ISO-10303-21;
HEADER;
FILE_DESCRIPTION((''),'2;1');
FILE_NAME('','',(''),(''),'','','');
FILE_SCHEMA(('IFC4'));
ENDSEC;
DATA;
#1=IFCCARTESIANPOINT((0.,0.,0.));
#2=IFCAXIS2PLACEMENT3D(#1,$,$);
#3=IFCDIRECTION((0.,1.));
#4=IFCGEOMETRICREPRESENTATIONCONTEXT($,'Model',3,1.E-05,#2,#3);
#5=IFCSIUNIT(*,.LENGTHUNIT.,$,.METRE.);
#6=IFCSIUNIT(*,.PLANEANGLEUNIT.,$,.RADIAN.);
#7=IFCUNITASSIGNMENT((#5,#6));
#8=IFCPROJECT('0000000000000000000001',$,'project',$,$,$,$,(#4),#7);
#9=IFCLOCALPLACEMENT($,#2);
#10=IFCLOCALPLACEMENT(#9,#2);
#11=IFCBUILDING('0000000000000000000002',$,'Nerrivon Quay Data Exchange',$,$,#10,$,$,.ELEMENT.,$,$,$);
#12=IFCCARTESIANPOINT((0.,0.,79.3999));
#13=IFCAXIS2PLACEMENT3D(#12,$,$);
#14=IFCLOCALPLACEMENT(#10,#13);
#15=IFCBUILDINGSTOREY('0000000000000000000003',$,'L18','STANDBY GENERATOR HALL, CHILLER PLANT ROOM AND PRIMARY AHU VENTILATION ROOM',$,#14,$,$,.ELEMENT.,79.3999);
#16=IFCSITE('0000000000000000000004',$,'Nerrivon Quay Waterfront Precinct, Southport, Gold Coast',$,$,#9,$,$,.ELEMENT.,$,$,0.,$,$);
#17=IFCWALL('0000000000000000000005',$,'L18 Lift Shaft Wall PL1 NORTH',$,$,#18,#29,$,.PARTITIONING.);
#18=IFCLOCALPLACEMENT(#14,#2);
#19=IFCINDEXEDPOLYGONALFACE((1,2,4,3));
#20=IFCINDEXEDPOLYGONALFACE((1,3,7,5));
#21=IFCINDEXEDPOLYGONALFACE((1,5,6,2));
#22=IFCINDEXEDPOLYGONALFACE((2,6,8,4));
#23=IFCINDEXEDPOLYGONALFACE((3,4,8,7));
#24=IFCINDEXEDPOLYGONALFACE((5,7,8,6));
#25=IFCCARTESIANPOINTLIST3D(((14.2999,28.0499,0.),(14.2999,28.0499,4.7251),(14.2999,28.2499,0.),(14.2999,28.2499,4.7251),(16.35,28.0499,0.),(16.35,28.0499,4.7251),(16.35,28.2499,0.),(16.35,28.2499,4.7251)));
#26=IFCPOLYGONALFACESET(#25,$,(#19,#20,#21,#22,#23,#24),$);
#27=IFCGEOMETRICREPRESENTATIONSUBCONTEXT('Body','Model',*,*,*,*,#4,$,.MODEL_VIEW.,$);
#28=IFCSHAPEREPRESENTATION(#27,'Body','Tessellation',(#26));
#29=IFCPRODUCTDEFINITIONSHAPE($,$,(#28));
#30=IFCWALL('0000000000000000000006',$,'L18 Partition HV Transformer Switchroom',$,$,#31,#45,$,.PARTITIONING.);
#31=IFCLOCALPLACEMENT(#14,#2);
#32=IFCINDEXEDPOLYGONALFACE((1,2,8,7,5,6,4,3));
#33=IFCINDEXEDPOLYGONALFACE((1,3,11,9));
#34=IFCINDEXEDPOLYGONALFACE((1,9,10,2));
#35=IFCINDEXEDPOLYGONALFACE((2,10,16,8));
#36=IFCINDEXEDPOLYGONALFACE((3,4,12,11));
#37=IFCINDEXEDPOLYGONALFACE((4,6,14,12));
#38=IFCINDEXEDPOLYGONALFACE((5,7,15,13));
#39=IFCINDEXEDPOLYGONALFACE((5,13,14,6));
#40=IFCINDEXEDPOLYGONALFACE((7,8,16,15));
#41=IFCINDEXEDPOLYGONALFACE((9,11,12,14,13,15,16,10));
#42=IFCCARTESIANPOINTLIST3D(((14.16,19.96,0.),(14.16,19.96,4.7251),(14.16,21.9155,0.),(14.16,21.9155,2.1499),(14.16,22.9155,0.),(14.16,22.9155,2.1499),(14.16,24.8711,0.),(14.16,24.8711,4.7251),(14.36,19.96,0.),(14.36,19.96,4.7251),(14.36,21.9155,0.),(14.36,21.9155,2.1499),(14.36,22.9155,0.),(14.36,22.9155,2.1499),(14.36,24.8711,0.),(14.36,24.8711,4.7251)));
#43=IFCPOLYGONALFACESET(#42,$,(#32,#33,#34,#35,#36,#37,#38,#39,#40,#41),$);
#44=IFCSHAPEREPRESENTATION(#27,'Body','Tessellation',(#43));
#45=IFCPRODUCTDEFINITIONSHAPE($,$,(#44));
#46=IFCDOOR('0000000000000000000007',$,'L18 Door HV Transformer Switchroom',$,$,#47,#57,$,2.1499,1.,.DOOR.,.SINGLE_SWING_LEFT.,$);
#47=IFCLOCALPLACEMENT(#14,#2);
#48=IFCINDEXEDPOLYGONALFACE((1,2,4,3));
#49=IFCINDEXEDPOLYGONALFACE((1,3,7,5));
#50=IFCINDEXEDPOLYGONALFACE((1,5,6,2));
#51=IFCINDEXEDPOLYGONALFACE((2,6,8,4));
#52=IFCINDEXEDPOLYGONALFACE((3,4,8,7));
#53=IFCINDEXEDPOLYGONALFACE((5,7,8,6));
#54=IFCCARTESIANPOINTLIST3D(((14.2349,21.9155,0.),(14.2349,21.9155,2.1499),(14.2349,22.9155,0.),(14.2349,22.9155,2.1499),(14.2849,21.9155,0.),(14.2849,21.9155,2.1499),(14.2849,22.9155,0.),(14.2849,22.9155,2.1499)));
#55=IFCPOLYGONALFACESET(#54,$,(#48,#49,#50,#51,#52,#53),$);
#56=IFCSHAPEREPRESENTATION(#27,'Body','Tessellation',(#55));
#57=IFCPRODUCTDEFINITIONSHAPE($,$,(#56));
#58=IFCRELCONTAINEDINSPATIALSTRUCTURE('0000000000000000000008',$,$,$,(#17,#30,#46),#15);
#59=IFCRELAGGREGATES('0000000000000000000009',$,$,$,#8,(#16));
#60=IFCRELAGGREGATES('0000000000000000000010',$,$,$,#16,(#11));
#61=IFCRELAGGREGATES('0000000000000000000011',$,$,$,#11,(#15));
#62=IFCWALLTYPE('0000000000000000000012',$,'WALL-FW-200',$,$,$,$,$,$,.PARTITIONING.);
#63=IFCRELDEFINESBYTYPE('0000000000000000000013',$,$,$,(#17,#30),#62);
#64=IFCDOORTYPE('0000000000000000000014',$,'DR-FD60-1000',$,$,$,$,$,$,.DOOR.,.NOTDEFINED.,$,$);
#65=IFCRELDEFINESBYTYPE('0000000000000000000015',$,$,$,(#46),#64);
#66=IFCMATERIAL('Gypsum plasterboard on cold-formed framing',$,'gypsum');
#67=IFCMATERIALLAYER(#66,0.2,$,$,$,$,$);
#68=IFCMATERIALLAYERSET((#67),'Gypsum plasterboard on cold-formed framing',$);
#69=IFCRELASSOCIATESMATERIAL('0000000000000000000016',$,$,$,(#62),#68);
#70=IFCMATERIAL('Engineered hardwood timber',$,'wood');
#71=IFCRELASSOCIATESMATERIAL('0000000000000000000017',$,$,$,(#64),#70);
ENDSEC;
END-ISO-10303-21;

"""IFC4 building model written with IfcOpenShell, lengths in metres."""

from ifc_helpers import new_model, si_unit, direction, frame, frame_2d, origin, place, context, subcontext, project, spatial, rectangle, extrude, material, layer, layer_set, type_object, element, fill, save


model = new_model("IFC4")

# Units and contexts
model_context = context("Model", 3, precision=1e-05, world=origin(), true_north=direction((0.0, 1.0)))
body_context = subcontext(model_context, "Body", "Model", "MODEL_VIEW")
ifc_project = project(units=[si_unit("LENGTHUNIT", "METRE"), si_unit("PLANEANGLEUNIT", "RADIAN")], contexts=[model_context])

# Site, building, storey
site_placement = place(None, origin())
site = spatial("IfcSite", under=ifc_project, at=site_placement, Name="Nerrivon Quay Waterfront Precinct, Southport, Gold Coast", CompositionType="ELEMENT", RefElevation=0.0)
building_placement = place(site_placement, origin())
building = spatial("IfcBuilding", under=site, at=building_placement, Name="Nerrivon Quay Data Exchange", CompositionType="ELEMENT")
storey_placement = place(building_placement, frame((0.0, 0.0, 79.3999)))
storey = spatial("IfcBuildingStorey", under=building, at=storey_placement, Name="L18", Description="STANDBY GENERATOR HALL, CHILLER PLANT ROOM AND PRIMARY AHU VENTILATION ROOM", CompositionType="ELEMENT", Elevation=79.3999)

# Shared definitions
ifc_material_1 = material(Name="Gypsum plasterboard on cold-formed framing", Category="gypsum")
ifc_layer_1 = layer(ifc_material_1, 0.2)
ifc_layer_set_1 = layer_set([ifc_layer_1], Name="Gypsum plasterboard on cold-formed framing")
wall_type_1 = type_object("IfcWallType", Name="WALL-FW-200", PredefinedType="PARTITIONING", material=ifc_layer_set_1)

# Wall
wall_1_placement = place(storey_placement, frame((14.3, 28.1499, 0.0), z_axis=(0.0, 0.0, 1.0), x_axis=(1.0, 0.0, 0.0)))
element("IfcWall", 1, at=wall_1_placement, inside=storey, type_object=wall_type_1, Name="L18 Lift Shaft Wall PL1 NORTH", PredefinedType="PARTITIONING", context=body_context, shape_type="SweptSolid", body=[
    extrude(rectangle(XDim=2.05, YDim=0.2, at=frame_2d((1.0249, 0.0))), origin(), (0.0, 0.0, 1.0), 4.7251),
])

# Wall, opening, door
wall_2_placement = place(storey_placement, frame((14.26, 24.8711, 0.0), z_axis=(0.0, 0.0, 1.0), x_axis=(0.0, -1.0, 0.0)))
wall_2 = element("IfcWall", 2, at=wall_2_placement, inside=storey, type_object=wall_type_1, Name="L18 Partition HV Transformer Switchroom", PredefinedType="PARTITIONING", context=body_context, shape_type="SweptSolid", body=[
    extrude(rectangle(XDim=4.9111, YDim=0.2, at=frame_2d((2.4556, 0.0))), origin(), (0.0, 0.0, 1.0), 4.7251),
])
opening_1_placement = place(wall_2_placement, frame((1.9556, 0.0, 0.0)))
opening_1 = element("IfcOpeningElement", 3, at=opening_1_placement, cuts=wall_2, PredefinedType="OPENING", context=body_context, shape_type="SweptSolid", body=[
    extrude(rectangle(XDim=1.0, YDim=2.1499, at=frame_2d((0.5, 1.075))), frame((0.0, 0.1099, 0.0), z_axis=(0.0, -1.0, 0.0), x_axis=(1.0, 0.0, 0.0)), (0.0, 0.0, 1.0), 0.22),
])
ifc_material_2 = material(Name="Engineered hardwood timber", Category="wood")
door_type_1 = type_object("IfcDoorType", Name="DR-FD60-1000", OperationType="NOTDEFINED", PredefinedType="DOOR", material=ifc_material_2)
door_1_placement = place(opening_1_placement, origin())
door_1 = element("IfcDoor", 4, at=door_1_placement, inside=storey, type_object=door_type_1, Name="L18 Door HV Transformer Switchroom", OperationType="SINGLE_SWING_LEFT", OverallHeight=2.1499, OverallWidth=1.0, PredefinedType="DOOR", context=body_context, shape_type="SweptSolid", body=[
    extrude(rectangle(XDim=1.0, YDim=2.1499, at=frame_2d((0.5, 1.075))), frame((0.0, 0.0249, 0.0), z_axis=(0.0, -1.0, 0.0), x_axis=(1.0, 0.0, 0.0)), (0.0, 0.0, 1.0), 0.05),
])
fill(opening_1, door_1)

save(model, "model.ifc")
